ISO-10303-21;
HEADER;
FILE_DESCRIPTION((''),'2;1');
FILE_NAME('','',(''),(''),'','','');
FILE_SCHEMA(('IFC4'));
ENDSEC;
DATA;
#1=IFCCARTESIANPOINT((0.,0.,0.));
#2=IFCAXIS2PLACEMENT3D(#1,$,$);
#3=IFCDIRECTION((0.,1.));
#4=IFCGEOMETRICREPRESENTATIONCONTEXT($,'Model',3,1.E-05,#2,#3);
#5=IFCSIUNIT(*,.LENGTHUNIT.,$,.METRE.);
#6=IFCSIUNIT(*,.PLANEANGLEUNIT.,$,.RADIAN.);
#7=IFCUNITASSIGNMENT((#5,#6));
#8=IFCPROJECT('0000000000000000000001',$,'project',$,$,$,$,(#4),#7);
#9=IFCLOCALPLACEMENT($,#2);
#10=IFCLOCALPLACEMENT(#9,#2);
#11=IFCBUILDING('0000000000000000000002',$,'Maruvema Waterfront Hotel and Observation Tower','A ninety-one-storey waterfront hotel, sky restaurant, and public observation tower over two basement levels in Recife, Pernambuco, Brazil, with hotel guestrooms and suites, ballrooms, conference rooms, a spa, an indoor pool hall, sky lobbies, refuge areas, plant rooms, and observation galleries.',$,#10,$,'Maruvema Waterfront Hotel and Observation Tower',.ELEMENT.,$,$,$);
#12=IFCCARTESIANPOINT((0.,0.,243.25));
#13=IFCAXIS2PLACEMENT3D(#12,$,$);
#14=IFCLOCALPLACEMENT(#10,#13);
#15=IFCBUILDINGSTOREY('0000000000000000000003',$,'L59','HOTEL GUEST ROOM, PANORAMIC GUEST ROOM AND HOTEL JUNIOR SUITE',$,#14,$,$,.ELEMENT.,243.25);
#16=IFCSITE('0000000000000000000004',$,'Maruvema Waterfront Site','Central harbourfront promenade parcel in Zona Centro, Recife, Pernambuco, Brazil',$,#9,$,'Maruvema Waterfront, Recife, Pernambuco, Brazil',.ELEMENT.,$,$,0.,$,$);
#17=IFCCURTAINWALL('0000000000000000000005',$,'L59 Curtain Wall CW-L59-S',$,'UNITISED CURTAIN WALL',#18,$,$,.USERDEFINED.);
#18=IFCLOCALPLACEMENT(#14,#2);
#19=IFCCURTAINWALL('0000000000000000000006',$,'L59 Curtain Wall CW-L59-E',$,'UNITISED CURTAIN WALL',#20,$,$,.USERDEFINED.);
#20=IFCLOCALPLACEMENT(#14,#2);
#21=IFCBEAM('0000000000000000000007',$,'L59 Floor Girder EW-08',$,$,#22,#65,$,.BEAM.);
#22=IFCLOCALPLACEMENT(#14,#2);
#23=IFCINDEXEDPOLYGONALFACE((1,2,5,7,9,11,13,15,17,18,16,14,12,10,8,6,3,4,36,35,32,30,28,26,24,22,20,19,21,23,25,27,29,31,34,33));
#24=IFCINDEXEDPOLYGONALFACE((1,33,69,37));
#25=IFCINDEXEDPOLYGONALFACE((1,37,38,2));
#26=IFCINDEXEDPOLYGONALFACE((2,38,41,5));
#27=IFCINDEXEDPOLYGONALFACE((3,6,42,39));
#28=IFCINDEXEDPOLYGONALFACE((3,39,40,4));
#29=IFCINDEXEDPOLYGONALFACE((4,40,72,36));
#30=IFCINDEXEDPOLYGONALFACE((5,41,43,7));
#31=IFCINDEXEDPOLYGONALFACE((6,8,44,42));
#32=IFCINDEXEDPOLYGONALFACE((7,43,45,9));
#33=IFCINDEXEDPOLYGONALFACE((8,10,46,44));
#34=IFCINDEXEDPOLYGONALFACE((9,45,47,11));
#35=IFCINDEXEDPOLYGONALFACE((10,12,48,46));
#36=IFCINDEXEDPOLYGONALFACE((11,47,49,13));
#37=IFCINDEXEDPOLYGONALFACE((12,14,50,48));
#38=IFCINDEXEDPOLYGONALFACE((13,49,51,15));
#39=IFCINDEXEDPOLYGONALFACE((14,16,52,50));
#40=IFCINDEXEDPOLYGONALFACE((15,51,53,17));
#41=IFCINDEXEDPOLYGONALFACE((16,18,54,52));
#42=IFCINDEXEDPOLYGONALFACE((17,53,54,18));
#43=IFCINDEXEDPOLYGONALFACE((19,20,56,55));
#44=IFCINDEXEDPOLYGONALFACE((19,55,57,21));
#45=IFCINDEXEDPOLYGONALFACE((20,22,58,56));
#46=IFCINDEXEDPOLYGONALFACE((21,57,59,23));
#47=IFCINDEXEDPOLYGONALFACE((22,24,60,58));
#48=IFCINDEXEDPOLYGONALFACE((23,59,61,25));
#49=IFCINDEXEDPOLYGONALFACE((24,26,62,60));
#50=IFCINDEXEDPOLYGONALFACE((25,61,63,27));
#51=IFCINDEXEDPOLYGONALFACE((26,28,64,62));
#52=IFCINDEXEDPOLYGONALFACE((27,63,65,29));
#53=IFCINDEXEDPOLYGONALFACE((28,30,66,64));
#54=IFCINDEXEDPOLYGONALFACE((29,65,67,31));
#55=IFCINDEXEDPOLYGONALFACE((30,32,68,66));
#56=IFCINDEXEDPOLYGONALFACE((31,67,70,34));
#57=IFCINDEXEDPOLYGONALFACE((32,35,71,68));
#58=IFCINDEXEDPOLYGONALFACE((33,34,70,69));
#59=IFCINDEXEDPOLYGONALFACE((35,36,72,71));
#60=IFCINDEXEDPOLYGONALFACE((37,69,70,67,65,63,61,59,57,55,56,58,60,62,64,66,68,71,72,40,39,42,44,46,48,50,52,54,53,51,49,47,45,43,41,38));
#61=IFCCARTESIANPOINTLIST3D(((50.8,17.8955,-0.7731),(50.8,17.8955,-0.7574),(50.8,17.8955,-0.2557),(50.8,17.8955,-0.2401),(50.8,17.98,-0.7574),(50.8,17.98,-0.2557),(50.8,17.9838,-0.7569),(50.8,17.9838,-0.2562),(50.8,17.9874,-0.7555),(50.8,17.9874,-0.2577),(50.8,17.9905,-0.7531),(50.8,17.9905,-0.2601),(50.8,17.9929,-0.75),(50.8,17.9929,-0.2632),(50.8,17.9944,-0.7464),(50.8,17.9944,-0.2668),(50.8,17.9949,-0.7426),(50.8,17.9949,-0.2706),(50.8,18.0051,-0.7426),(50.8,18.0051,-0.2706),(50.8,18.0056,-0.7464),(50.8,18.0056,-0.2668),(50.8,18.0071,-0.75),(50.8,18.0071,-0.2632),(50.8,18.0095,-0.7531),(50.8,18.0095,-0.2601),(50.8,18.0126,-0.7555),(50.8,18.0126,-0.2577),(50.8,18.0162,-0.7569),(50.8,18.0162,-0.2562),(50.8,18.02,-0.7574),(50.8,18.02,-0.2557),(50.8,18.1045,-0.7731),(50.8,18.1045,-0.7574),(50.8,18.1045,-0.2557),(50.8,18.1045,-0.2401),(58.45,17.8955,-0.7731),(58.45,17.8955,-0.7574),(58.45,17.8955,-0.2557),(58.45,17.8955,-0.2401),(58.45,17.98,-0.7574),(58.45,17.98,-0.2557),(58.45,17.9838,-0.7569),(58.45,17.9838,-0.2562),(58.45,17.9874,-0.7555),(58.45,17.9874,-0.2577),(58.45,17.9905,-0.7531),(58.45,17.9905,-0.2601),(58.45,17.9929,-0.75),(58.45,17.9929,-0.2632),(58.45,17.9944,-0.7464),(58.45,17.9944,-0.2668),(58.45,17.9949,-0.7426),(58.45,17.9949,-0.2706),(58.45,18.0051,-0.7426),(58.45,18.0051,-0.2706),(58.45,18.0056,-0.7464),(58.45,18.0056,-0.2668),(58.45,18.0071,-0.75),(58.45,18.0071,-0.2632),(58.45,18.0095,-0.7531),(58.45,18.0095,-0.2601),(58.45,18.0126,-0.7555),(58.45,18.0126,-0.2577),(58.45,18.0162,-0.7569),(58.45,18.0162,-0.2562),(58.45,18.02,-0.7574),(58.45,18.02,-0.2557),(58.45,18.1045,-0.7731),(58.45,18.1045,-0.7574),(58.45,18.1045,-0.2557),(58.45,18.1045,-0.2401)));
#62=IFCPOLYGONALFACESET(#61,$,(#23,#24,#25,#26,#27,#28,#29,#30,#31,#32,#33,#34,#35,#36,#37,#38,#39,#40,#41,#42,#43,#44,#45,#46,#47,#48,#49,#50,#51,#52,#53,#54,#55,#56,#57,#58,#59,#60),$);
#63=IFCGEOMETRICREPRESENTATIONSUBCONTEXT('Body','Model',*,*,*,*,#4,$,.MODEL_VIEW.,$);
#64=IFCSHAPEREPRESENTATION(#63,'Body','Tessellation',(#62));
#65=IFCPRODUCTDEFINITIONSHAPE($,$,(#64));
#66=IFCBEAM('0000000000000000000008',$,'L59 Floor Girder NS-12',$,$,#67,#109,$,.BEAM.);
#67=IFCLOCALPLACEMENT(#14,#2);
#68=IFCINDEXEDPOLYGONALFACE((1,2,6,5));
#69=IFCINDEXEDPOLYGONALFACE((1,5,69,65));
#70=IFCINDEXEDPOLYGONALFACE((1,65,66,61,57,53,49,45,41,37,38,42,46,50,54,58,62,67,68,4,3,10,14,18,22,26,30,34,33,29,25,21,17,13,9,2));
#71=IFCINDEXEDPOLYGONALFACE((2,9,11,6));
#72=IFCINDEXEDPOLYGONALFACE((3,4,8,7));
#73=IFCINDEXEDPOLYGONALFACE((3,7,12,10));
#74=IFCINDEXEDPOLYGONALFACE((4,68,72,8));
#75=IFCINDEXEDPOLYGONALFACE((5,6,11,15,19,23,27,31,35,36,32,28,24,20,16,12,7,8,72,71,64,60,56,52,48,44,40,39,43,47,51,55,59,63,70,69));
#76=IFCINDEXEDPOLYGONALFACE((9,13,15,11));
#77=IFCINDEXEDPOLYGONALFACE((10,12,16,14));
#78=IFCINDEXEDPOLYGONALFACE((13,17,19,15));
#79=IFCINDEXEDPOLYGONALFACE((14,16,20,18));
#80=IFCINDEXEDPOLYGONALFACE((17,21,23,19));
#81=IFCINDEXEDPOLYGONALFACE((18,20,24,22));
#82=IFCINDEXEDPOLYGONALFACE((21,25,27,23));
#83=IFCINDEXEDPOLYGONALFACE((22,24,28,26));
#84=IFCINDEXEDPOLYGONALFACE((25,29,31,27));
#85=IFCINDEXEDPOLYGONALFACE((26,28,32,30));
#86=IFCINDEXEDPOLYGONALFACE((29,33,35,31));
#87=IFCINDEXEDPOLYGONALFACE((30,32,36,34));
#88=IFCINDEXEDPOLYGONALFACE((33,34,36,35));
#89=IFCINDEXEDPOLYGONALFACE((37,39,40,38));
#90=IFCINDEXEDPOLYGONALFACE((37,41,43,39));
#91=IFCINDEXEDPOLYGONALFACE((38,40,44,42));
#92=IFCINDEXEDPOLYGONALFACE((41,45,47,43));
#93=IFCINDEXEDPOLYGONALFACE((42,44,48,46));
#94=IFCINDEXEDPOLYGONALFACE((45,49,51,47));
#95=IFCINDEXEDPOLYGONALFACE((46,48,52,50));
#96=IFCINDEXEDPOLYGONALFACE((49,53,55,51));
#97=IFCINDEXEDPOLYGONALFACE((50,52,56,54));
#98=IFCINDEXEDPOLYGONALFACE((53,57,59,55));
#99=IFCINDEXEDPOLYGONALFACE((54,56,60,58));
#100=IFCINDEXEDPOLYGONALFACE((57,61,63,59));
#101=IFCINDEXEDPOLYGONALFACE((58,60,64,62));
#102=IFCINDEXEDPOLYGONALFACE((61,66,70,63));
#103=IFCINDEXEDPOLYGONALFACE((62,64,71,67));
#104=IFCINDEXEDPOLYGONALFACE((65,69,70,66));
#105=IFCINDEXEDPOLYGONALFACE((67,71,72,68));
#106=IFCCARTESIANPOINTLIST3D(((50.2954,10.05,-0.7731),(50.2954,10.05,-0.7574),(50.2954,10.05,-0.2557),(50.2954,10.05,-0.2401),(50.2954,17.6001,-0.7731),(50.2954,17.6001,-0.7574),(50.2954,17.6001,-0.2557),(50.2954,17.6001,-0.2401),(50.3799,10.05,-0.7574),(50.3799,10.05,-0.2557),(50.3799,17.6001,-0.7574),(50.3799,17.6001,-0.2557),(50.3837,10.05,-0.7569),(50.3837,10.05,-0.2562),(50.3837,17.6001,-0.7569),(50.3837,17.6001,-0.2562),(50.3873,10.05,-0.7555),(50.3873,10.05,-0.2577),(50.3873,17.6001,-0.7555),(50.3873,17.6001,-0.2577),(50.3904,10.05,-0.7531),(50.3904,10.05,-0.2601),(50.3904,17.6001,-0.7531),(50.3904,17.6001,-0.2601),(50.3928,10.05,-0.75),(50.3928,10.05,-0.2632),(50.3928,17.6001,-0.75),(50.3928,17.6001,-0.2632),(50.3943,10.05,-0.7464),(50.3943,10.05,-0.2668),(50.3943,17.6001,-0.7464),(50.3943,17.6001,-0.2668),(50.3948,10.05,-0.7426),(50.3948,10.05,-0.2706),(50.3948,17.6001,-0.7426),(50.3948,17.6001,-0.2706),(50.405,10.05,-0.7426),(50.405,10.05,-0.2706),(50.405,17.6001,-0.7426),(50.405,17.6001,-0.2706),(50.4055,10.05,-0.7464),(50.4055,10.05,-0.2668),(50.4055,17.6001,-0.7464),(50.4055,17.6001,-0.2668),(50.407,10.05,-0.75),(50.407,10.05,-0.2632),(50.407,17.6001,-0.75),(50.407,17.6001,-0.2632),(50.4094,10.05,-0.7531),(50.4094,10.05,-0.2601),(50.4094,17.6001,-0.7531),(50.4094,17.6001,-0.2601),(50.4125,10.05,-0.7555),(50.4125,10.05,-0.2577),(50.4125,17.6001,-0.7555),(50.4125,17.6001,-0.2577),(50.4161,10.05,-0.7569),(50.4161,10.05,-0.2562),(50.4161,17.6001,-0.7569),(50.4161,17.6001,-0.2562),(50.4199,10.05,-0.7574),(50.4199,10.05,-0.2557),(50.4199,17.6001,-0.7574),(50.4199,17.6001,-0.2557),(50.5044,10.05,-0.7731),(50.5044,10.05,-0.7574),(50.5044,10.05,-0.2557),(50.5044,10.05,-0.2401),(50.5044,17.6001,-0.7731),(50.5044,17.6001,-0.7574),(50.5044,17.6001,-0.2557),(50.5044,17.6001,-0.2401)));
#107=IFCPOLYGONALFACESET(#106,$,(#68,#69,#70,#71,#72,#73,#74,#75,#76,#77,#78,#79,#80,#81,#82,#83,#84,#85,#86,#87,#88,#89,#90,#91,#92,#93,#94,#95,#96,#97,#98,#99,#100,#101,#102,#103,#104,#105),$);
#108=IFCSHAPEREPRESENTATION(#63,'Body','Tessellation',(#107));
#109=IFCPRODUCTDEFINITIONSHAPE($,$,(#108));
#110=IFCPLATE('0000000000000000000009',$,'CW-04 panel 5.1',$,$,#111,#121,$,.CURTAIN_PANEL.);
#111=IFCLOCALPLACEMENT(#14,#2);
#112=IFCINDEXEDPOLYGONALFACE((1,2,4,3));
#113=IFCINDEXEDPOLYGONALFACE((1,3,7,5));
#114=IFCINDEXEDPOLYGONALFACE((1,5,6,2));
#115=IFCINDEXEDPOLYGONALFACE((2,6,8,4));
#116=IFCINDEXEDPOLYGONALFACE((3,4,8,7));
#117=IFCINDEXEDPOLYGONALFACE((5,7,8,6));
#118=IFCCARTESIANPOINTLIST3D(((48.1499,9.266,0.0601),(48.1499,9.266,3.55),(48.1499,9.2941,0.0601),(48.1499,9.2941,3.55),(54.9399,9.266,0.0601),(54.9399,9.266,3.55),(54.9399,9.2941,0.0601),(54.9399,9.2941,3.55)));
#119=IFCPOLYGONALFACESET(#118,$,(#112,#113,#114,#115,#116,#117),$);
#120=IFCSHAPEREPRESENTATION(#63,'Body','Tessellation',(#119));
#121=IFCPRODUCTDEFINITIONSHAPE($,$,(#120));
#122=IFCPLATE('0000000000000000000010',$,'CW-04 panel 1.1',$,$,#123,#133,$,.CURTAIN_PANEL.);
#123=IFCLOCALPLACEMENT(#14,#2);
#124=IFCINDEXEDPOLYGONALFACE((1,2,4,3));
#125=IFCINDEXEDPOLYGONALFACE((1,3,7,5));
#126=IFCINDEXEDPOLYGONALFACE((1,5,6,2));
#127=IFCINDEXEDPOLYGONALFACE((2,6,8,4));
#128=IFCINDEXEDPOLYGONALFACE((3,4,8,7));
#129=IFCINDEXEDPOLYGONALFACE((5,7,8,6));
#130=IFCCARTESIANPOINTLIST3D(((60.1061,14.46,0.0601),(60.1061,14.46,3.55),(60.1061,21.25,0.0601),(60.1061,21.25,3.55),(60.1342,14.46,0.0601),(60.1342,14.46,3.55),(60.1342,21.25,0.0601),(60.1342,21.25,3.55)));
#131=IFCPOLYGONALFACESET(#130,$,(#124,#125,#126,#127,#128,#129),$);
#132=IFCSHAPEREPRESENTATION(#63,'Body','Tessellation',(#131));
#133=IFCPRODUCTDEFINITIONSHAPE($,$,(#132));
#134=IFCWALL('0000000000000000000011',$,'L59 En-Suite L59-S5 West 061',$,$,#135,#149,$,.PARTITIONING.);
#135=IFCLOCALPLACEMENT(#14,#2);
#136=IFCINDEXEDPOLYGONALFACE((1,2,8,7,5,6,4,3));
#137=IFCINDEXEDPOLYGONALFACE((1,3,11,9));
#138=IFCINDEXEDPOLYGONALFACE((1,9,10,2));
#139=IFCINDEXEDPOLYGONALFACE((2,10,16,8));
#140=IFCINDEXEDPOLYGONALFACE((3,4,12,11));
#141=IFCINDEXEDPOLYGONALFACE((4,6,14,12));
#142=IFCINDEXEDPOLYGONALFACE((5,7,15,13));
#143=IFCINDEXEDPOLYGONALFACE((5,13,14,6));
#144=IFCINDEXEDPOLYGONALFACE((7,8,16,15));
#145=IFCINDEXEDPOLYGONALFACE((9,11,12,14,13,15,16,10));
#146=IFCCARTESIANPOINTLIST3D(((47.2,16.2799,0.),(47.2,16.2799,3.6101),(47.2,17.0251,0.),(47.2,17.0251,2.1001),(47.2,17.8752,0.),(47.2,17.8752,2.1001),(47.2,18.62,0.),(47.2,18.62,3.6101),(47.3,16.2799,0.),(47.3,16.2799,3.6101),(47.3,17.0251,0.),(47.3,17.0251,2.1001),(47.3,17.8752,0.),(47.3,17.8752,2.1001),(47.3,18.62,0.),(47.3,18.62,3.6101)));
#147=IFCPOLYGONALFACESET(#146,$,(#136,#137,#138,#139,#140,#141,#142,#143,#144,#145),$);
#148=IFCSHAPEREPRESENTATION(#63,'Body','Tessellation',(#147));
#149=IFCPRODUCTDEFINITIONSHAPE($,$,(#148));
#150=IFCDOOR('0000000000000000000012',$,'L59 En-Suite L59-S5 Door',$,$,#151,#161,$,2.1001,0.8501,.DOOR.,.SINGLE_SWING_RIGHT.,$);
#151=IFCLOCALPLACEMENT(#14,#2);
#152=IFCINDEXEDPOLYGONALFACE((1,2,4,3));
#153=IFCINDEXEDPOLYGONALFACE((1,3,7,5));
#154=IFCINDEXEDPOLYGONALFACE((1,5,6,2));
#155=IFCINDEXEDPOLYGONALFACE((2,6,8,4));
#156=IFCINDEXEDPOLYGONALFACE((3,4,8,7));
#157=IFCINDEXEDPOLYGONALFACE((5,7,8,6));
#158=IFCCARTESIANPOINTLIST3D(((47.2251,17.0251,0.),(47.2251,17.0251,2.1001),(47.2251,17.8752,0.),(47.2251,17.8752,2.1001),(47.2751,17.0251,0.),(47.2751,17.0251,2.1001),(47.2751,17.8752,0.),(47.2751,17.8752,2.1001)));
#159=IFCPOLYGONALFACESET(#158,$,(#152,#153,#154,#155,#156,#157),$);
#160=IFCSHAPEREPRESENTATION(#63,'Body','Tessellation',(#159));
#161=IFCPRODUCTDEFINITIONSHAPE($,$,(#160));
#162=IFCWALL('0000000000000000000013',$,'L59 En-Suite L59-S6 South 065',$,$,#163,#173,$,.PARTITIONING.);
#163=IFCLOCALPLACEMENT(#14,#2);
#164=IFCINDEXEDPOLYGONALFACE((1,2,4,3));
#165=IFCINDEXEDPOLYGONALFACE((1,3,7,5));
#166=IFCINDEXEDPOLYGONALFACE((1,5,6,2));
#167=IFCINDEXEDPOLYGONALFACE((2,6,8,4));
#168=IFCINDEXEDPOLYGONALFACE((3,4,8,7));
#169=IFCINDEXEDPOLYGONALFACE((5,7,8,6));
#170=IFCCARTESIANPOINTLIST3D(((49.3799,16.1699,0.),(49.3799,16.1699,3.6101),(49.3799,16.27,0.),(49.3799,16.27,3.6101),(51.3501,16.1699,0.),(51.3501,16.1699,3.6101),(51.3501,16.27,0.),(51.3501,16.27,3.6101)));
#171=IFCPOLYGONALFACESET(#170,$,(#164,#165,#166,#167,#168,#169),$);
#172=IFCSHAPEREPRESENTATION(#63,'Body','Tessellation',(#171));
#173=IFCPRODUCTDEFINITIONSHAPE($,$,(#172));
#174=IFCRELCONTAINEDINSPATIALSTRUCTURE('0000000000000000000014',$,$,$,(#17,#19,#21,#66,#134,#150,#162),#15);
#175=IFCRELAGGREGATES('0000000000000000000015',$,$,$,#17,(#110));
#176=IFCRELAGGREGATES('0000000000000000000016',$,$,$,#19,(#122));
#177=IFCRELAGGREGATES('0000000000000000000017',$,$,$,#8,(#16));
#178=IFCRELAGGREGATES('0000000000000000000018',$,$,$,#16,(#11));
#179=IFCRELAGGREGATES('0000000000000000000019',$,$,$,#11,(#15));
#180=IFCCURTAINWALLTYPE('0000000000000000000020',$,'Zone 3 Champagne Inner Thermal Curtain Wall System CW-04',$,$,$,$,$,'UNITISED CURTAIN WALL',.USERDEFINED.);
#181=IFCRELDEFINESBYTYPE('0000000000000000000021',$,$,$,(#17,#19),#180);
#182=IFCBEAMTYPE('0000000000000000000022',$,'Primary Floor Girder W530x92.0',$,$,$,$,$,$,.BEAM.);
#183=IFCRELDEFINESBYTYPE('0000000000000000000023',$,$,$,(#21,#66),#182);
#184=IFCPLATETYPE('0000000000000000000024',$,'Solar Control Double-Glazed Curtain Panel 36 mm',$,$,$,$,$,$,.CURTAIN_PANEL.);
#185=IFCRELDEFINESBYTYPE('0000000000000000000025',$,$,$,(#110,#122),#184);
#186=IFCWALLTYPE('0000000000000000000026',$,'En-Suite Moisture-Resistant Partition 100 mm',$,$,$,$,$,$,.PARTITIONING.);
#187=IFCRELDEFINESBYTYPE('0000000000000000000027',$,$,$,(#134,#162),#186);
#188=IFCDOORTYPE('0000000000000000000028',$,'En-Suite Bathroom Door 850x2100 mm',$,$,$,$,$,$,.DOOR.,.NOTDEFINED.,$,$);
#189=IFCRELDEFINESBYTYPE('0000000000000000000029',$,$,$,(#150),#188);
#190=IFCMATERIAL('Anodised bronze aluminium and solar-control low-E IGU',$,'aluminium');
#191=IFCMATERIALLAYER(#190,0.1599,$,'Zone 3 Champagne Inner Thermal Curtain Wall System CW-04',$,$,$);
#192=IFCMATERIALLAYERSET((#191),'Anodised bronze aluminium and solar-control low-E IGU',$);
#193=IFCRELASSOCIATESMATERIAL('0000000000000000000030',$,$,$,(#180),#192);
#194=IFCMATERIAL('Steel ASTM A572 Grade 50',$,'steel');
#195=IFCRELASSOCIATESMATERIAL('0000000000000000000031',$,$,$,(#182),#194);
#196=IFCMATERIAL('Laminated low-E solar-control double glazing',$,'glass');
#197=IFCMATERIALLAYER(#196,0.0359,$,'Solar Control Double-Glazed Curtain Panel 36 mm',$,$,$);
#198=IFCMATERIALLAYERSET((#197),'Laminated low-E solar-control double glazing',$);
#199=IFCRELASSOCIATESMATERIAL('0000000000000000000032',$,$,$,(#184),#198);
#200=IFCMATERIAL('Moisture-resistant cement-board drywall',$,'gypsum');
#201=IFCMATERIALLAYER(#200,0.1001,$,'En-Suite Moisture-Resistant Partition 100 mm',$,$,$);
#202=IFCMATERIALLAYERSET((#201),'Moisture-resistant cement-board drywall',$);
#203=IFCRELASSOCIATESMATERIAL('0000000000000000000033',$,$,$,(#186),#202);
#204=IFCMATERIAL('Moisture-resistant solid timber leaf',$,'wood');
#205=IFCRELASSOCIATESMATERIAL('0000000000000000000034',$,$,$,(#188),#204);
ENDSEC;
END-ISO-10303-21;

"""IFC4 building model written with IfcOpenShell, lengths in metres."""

from ifc_helpers import new_model, si_unit, direction, frame, frame_2d, origin, origin_2d, place, context, subcontext, project, spatial, rectangle, i_section, extrude, material, layer, layer_set, material_profile, profile_set, type_object, element, fill, aggregate, save


model = new_model("IFC4")

# Units and contexts
model_context = context("Model", 3, precision=1e-05, world=origin(), true_north=direction((0.0, 1.0)))
body_context = subcontext(model_context, "Body", "Model", "MODEL_VIEW")
ifc_project = project(units=[si_unit("LENGTHUNIT", "METRE"), si_unit("PLANEANGLEUNIT", "RADIAN")], contexts=[model_context])

# Site, building, storey
site_placement = place(None, origin())
site = spatial("IfcSite", under=ifc_project, at=site_placement, Name="Maruvema Waterfront Site", Description="Central harbourfront promenade parcel in Zona Centro, Recife, Pernambuco, Brazil", LongName="Maruvema Waterfront, Recife, Pernambuco, Brazil", CompositionType="ELEMENT", RefElevation=0.0)
building_placement = place(site_placement, origin())
building = spatial("IfcBuilding", under=site, at=building_placement, Name="Maruvema Waterfront Hotel and Observation Tower", Description="A ninety-one-storey waterfront hotel, sky restaurant, and public observation tower over two basement levels in Recife, Pernambuco, Brazil, with hotel guestrooms and suites, ballrooms, conference rooms, a spa, an indoor pool hall, sky lobbies, refuge areas, plant rooms, and observation galleries.", LongName="Maruvema Waterfront Hotel and Observation Tower", CompositionType="ELEMENT")
storey_placement = place(building_placement, frame((0.0, 0.0, 243.25)))
storey = spatial("IfcBuildingStorey", under=building, at=storey_placement, Name="L59", Description="HOTEL GUEST ROOM, PANORAMIC GUEST ROOM AND HOTEL JUNIOR SUITE", CompositionType="ELEMENT", Elevation=243.25)

# Curtain walls
ifc_material_1 = material(Name="Anodised bronze aluminium and solar-control low-E IGU", Category="aluminium")
ifc_layer_1 = layer(ifc_material_1, 0.1599, Name="Zone 3 Champagne Inner Thermal Curtain Wall System CW-04")
ifc_layer_set_1 = layer_set([ifc_layer_1], Name="Anodised bronze aluminium and solar-control low-E IGU")
curtain_wall_type = type_object("IfcCurtainWallType", Name="Zone 3 Champagne Inner Thermal Curtain Wall System CW-04", ElementType="UNITISED CURTAIN WALL", PredefinedType="USERDEFINED", material=ifc_layer_set_1)
curtain_wall_1_placement = place(storey_placement, origin())
curtain_wall_1 = element("IfcCurtainWall", 1, at=curtain_wall_1_placement, inside=storey, type_object=curtain_wall_type, Name="L59 Curtain Wall CW-L59-S", ObjectType="UNITISED CURTAIN WALL", PredefinedType="USERDEFINED")
curtain_wall_2_placement = place(storey_placement, origin())
curtain_wall_2 = element("IfcCurtainWall", 2, at=curtain_wall_2_placement, inside=storey, type_object=curtain_wall_type, Name="L59 Curtain Wall CW-L59-E", ObjectType="UNITISED CURTAIN WALL", PredefinedType="USERDEFINED")

# Beams
ifc_material_2 = material(Name="Steel ASTM A572 Grade 50", Category="steel")
ifc_material_profile_1 = material_profile(ifc_material_2, i_section(OverallWidth=0.209, OverallDepth=0.533, WebThickness=0.0103, FlangeThickness=0.0156, FilletRadius=0.0149, at=origin_2d()), Name="W530x92.0")
ifc_profile_set_1 = profile_set([ifc_material_profile_1], Name="Steel ASTM A572 Grade 50")
beam_type = type_object("IfcBeamType", Name="Primary Floor Girder W530x92.0", PredefinedType="BEAM", material=ifc_profile_set_1)
beam_1_placement = place(storey_placement, frame((50.8, 18.0, -0.5066), z_axis=(1.0, 0.0, 0.0), x_axis=(0.0, 1.0, 0.0)))
element("IfcBeam", 3, at=beam_1_placement, inside=storey, type_object=beam_type, Name="L59 Floor Girder EW-08", PredefinedType="BEAM", context=body_context, shape_type="SweptSolid", body=[
    extrude(i_section(OverallWidth=0.209, OverallDepth=0.533, WebThickness=0.0103, FlangeThickness=0.0156, FilletRadius=0.0149, at=origin_2d()), origin(), (0.0, 0.0, 1.0), 7.6499),
])
beam_2_placement = place(storey_placement, frame((50.3999, 10.05, -0.5066), z_axis=(0.0, 1.0, 0.0), x_axis=(-1.0, 0.0, 0.0)))
element("IfcBeam", 4, at=beam_2_placement, inside=storey, type_object=beam_type, Name="L59 Floor Girder NS-12", PredefinedType="BEAM", context=body_context, shape_type="SweptSolid", body=[
    extrude(i_section(OverallWidth=0.209, OverallDepth=0.533, WebThickness=0.0103, FlangeThickness=0.0156, FilletRadius=0.0149, at=origin_2d()), origin(), (0.0, 0.0, 1.0), 7.55),
])

# Plates
ifc_material_3 = material(Name="Laminated low-E solar-control double glazing", Category="glass")
ifc_layer_2 = layer(ifc_material_3, 0.0359, Name="Solar Control Double-Glazed Curtain Panel 36 mm")
ifc_layer_set_2 = layer_set([ifc_layer_2], Name="Laminated low-E solar-control double glazing")
plate_type = type_object("IfcPlateType", Name="Solar Control Double-Glazed Curtain Panel 36 mm", PredefinedType="CURTAIN_PANEL", material=ifc_layer_set_2)
plate_1_placement = place(storey_placement, frame((51.5449, 9.28, 0.0601), z_axis=(0.0, 0.0, 1.0), x_axis=(1.0, 0.0, 0.0)))
plate_1 = element("IfcPlate", 5, at=plate_1_placement, type_object=plate_type, Name="CW-04 panel 5.1", PredefinedType="CURTAIN_PANEL", context=body_context, shape_type="SweptSolid", body=[
    extrude(rectangle(XDim=6.79, YDim=0.0281, at=origin_2d()), origin(), (0.0, 0.0, 1.0), 3.49),
])
aggregate(curtain_wall_1, [plate_1])
plate_2_placement = place(storey_placement, frame((60.1201, 17.855, 0.0601), z_axis=(0.0, 0.0, 1.0), x_axis=(0.0, 1.0, 0.0)))
plate_2 = element("IfcPlate", 6, at=plate_2_placement, type_object=plate_type, Name="CW-04 panel 1.1", PredefinedType="CURTAIN_PANEL", context=body_context, shape_type="SweptSolid", body=[
    extrude(rectangle(XDim=6.79, YDim=0.0281, at=origin_2d()), origin(), (0.0, 0.0, 1.0), 3.49),
])
aggregate(curtain_wall_2, [plate_2])

# Wall, opening, door
ifc_material_4 = material(Name="Moisture-resistant cement-board drywall", Category="gypsum")
ifc_layer_3 = layer(ifc_material_4, 0.1001, Name="En-Suite Moisture-Resistant Partition 100 mm")
ifc_layer_set_3 = layer_set([ifc_layer_3], Name="Moisture-resistant cement-board drywall")
wall_type_1 = type_object("IfcWallType", Name="En-Suite Moisture-Resistant Partition 100 mm", PredefinedType="PARTITIONING", material=ifc_layer_set_3)
wall_1_placement = place(storey_placement, frame((47.25, 16.28, 0.0), z_axis=(0.0, 0.0, 1.0), x_axis=(0.0, 1.0, 0.0)))
wall_1 = element("IfcWall", 7, at=wall_1_placement, inside=storey, type_object=wall_type_1, Name="L59 En-Suite L59-S5 West 061", PredefinedType="PARTITIONING", context=body_context, shape_type="SweptSolid", body=[
    extrude(rectangle(XDim=2.3401, YDim=0.1001, at=frame_2d((1.1699, 0.0))), origin(), (0.0, 0.0, 1.0), 3.6101),
])
opening_1_placement = place(wall_1_placement, frame((0.7451, 0.0, 0.0)))
opening_1 = element("IfcOpeningElement", 8, at=opening_1_placement, cuts=wall_1, PredefinedType="OPENING", context=body_context, shape_type="SweptSolid", body=[
    extrude(rectangle(XDim=0.8501, YDim=2.1001, at=frame_2d((0.425, 1.05))), frame((0.0, 0.0601, 0.0), z_axis=(0.0, -1.0, 0.0), x_axis=(1.0, 0.0, 0.0)), (0.0, 0.0, 1.0), 0.1201),
])
ifc_material_5 = material(Name="Moisture-resistant solid timber leaf", Category="wood")
door_type = type_object("IfcDoorType", Name="En-Suite Bathroom Door 850x2100 mm", OperationType="NOTDEFINED", PredefinedType="DOOR", material=ifc_material_5)
door_1_placement = place(opening_1_placement, origin())
door_1 = element("IfcDoor", 9, at=door_1_placement, inside=storey, type_object=door_type, Name="L59 En-Suite L59-S5 Door", OperationType="SINGLE_SWING_RIGHT", OverallHeight=2.1001, OverallWidth=0.8501, PredefinedType="DOOR", context=body_context, shape_type="SweptSolid", body=[
    extrude(rectangle(XDim=0.8501, YDim=2.1001, at=frame_2d((0.425, 1.05))), frame((0.0, 0.0249, 0.0), z_axis=(0.0, -1.0, 0.0), x_axis=(1.0, 0.0, 0.0)), (0.0, 0.0, 1.0), 0.05),
])
fill(opening_1, door_1)

# Wall
wall_2_placement = place(storey_placement, frame((49.3799, 16.22, 0.0), z_axis=(0.0, 0.0, 1.0), x_axis=(1.0, 0.0, 0.0)))
element("IfcWall", 10, at=wall_2_placement, inside=storey, type_object=wall_type_1, Name="L59 En-Suite L59-S6 South 065", PredefinedType="PARTITIONING", context=body_context, shape_type="SweptSolid", body=[
    extrude(rectangle(XDim=1.9702, YDim=0.1001, at=frame_2d((0.9851, 0.0))), origin(), (0.0, 0.0, 1.0), 3.6101),
])

save(model, "model.ifc")
